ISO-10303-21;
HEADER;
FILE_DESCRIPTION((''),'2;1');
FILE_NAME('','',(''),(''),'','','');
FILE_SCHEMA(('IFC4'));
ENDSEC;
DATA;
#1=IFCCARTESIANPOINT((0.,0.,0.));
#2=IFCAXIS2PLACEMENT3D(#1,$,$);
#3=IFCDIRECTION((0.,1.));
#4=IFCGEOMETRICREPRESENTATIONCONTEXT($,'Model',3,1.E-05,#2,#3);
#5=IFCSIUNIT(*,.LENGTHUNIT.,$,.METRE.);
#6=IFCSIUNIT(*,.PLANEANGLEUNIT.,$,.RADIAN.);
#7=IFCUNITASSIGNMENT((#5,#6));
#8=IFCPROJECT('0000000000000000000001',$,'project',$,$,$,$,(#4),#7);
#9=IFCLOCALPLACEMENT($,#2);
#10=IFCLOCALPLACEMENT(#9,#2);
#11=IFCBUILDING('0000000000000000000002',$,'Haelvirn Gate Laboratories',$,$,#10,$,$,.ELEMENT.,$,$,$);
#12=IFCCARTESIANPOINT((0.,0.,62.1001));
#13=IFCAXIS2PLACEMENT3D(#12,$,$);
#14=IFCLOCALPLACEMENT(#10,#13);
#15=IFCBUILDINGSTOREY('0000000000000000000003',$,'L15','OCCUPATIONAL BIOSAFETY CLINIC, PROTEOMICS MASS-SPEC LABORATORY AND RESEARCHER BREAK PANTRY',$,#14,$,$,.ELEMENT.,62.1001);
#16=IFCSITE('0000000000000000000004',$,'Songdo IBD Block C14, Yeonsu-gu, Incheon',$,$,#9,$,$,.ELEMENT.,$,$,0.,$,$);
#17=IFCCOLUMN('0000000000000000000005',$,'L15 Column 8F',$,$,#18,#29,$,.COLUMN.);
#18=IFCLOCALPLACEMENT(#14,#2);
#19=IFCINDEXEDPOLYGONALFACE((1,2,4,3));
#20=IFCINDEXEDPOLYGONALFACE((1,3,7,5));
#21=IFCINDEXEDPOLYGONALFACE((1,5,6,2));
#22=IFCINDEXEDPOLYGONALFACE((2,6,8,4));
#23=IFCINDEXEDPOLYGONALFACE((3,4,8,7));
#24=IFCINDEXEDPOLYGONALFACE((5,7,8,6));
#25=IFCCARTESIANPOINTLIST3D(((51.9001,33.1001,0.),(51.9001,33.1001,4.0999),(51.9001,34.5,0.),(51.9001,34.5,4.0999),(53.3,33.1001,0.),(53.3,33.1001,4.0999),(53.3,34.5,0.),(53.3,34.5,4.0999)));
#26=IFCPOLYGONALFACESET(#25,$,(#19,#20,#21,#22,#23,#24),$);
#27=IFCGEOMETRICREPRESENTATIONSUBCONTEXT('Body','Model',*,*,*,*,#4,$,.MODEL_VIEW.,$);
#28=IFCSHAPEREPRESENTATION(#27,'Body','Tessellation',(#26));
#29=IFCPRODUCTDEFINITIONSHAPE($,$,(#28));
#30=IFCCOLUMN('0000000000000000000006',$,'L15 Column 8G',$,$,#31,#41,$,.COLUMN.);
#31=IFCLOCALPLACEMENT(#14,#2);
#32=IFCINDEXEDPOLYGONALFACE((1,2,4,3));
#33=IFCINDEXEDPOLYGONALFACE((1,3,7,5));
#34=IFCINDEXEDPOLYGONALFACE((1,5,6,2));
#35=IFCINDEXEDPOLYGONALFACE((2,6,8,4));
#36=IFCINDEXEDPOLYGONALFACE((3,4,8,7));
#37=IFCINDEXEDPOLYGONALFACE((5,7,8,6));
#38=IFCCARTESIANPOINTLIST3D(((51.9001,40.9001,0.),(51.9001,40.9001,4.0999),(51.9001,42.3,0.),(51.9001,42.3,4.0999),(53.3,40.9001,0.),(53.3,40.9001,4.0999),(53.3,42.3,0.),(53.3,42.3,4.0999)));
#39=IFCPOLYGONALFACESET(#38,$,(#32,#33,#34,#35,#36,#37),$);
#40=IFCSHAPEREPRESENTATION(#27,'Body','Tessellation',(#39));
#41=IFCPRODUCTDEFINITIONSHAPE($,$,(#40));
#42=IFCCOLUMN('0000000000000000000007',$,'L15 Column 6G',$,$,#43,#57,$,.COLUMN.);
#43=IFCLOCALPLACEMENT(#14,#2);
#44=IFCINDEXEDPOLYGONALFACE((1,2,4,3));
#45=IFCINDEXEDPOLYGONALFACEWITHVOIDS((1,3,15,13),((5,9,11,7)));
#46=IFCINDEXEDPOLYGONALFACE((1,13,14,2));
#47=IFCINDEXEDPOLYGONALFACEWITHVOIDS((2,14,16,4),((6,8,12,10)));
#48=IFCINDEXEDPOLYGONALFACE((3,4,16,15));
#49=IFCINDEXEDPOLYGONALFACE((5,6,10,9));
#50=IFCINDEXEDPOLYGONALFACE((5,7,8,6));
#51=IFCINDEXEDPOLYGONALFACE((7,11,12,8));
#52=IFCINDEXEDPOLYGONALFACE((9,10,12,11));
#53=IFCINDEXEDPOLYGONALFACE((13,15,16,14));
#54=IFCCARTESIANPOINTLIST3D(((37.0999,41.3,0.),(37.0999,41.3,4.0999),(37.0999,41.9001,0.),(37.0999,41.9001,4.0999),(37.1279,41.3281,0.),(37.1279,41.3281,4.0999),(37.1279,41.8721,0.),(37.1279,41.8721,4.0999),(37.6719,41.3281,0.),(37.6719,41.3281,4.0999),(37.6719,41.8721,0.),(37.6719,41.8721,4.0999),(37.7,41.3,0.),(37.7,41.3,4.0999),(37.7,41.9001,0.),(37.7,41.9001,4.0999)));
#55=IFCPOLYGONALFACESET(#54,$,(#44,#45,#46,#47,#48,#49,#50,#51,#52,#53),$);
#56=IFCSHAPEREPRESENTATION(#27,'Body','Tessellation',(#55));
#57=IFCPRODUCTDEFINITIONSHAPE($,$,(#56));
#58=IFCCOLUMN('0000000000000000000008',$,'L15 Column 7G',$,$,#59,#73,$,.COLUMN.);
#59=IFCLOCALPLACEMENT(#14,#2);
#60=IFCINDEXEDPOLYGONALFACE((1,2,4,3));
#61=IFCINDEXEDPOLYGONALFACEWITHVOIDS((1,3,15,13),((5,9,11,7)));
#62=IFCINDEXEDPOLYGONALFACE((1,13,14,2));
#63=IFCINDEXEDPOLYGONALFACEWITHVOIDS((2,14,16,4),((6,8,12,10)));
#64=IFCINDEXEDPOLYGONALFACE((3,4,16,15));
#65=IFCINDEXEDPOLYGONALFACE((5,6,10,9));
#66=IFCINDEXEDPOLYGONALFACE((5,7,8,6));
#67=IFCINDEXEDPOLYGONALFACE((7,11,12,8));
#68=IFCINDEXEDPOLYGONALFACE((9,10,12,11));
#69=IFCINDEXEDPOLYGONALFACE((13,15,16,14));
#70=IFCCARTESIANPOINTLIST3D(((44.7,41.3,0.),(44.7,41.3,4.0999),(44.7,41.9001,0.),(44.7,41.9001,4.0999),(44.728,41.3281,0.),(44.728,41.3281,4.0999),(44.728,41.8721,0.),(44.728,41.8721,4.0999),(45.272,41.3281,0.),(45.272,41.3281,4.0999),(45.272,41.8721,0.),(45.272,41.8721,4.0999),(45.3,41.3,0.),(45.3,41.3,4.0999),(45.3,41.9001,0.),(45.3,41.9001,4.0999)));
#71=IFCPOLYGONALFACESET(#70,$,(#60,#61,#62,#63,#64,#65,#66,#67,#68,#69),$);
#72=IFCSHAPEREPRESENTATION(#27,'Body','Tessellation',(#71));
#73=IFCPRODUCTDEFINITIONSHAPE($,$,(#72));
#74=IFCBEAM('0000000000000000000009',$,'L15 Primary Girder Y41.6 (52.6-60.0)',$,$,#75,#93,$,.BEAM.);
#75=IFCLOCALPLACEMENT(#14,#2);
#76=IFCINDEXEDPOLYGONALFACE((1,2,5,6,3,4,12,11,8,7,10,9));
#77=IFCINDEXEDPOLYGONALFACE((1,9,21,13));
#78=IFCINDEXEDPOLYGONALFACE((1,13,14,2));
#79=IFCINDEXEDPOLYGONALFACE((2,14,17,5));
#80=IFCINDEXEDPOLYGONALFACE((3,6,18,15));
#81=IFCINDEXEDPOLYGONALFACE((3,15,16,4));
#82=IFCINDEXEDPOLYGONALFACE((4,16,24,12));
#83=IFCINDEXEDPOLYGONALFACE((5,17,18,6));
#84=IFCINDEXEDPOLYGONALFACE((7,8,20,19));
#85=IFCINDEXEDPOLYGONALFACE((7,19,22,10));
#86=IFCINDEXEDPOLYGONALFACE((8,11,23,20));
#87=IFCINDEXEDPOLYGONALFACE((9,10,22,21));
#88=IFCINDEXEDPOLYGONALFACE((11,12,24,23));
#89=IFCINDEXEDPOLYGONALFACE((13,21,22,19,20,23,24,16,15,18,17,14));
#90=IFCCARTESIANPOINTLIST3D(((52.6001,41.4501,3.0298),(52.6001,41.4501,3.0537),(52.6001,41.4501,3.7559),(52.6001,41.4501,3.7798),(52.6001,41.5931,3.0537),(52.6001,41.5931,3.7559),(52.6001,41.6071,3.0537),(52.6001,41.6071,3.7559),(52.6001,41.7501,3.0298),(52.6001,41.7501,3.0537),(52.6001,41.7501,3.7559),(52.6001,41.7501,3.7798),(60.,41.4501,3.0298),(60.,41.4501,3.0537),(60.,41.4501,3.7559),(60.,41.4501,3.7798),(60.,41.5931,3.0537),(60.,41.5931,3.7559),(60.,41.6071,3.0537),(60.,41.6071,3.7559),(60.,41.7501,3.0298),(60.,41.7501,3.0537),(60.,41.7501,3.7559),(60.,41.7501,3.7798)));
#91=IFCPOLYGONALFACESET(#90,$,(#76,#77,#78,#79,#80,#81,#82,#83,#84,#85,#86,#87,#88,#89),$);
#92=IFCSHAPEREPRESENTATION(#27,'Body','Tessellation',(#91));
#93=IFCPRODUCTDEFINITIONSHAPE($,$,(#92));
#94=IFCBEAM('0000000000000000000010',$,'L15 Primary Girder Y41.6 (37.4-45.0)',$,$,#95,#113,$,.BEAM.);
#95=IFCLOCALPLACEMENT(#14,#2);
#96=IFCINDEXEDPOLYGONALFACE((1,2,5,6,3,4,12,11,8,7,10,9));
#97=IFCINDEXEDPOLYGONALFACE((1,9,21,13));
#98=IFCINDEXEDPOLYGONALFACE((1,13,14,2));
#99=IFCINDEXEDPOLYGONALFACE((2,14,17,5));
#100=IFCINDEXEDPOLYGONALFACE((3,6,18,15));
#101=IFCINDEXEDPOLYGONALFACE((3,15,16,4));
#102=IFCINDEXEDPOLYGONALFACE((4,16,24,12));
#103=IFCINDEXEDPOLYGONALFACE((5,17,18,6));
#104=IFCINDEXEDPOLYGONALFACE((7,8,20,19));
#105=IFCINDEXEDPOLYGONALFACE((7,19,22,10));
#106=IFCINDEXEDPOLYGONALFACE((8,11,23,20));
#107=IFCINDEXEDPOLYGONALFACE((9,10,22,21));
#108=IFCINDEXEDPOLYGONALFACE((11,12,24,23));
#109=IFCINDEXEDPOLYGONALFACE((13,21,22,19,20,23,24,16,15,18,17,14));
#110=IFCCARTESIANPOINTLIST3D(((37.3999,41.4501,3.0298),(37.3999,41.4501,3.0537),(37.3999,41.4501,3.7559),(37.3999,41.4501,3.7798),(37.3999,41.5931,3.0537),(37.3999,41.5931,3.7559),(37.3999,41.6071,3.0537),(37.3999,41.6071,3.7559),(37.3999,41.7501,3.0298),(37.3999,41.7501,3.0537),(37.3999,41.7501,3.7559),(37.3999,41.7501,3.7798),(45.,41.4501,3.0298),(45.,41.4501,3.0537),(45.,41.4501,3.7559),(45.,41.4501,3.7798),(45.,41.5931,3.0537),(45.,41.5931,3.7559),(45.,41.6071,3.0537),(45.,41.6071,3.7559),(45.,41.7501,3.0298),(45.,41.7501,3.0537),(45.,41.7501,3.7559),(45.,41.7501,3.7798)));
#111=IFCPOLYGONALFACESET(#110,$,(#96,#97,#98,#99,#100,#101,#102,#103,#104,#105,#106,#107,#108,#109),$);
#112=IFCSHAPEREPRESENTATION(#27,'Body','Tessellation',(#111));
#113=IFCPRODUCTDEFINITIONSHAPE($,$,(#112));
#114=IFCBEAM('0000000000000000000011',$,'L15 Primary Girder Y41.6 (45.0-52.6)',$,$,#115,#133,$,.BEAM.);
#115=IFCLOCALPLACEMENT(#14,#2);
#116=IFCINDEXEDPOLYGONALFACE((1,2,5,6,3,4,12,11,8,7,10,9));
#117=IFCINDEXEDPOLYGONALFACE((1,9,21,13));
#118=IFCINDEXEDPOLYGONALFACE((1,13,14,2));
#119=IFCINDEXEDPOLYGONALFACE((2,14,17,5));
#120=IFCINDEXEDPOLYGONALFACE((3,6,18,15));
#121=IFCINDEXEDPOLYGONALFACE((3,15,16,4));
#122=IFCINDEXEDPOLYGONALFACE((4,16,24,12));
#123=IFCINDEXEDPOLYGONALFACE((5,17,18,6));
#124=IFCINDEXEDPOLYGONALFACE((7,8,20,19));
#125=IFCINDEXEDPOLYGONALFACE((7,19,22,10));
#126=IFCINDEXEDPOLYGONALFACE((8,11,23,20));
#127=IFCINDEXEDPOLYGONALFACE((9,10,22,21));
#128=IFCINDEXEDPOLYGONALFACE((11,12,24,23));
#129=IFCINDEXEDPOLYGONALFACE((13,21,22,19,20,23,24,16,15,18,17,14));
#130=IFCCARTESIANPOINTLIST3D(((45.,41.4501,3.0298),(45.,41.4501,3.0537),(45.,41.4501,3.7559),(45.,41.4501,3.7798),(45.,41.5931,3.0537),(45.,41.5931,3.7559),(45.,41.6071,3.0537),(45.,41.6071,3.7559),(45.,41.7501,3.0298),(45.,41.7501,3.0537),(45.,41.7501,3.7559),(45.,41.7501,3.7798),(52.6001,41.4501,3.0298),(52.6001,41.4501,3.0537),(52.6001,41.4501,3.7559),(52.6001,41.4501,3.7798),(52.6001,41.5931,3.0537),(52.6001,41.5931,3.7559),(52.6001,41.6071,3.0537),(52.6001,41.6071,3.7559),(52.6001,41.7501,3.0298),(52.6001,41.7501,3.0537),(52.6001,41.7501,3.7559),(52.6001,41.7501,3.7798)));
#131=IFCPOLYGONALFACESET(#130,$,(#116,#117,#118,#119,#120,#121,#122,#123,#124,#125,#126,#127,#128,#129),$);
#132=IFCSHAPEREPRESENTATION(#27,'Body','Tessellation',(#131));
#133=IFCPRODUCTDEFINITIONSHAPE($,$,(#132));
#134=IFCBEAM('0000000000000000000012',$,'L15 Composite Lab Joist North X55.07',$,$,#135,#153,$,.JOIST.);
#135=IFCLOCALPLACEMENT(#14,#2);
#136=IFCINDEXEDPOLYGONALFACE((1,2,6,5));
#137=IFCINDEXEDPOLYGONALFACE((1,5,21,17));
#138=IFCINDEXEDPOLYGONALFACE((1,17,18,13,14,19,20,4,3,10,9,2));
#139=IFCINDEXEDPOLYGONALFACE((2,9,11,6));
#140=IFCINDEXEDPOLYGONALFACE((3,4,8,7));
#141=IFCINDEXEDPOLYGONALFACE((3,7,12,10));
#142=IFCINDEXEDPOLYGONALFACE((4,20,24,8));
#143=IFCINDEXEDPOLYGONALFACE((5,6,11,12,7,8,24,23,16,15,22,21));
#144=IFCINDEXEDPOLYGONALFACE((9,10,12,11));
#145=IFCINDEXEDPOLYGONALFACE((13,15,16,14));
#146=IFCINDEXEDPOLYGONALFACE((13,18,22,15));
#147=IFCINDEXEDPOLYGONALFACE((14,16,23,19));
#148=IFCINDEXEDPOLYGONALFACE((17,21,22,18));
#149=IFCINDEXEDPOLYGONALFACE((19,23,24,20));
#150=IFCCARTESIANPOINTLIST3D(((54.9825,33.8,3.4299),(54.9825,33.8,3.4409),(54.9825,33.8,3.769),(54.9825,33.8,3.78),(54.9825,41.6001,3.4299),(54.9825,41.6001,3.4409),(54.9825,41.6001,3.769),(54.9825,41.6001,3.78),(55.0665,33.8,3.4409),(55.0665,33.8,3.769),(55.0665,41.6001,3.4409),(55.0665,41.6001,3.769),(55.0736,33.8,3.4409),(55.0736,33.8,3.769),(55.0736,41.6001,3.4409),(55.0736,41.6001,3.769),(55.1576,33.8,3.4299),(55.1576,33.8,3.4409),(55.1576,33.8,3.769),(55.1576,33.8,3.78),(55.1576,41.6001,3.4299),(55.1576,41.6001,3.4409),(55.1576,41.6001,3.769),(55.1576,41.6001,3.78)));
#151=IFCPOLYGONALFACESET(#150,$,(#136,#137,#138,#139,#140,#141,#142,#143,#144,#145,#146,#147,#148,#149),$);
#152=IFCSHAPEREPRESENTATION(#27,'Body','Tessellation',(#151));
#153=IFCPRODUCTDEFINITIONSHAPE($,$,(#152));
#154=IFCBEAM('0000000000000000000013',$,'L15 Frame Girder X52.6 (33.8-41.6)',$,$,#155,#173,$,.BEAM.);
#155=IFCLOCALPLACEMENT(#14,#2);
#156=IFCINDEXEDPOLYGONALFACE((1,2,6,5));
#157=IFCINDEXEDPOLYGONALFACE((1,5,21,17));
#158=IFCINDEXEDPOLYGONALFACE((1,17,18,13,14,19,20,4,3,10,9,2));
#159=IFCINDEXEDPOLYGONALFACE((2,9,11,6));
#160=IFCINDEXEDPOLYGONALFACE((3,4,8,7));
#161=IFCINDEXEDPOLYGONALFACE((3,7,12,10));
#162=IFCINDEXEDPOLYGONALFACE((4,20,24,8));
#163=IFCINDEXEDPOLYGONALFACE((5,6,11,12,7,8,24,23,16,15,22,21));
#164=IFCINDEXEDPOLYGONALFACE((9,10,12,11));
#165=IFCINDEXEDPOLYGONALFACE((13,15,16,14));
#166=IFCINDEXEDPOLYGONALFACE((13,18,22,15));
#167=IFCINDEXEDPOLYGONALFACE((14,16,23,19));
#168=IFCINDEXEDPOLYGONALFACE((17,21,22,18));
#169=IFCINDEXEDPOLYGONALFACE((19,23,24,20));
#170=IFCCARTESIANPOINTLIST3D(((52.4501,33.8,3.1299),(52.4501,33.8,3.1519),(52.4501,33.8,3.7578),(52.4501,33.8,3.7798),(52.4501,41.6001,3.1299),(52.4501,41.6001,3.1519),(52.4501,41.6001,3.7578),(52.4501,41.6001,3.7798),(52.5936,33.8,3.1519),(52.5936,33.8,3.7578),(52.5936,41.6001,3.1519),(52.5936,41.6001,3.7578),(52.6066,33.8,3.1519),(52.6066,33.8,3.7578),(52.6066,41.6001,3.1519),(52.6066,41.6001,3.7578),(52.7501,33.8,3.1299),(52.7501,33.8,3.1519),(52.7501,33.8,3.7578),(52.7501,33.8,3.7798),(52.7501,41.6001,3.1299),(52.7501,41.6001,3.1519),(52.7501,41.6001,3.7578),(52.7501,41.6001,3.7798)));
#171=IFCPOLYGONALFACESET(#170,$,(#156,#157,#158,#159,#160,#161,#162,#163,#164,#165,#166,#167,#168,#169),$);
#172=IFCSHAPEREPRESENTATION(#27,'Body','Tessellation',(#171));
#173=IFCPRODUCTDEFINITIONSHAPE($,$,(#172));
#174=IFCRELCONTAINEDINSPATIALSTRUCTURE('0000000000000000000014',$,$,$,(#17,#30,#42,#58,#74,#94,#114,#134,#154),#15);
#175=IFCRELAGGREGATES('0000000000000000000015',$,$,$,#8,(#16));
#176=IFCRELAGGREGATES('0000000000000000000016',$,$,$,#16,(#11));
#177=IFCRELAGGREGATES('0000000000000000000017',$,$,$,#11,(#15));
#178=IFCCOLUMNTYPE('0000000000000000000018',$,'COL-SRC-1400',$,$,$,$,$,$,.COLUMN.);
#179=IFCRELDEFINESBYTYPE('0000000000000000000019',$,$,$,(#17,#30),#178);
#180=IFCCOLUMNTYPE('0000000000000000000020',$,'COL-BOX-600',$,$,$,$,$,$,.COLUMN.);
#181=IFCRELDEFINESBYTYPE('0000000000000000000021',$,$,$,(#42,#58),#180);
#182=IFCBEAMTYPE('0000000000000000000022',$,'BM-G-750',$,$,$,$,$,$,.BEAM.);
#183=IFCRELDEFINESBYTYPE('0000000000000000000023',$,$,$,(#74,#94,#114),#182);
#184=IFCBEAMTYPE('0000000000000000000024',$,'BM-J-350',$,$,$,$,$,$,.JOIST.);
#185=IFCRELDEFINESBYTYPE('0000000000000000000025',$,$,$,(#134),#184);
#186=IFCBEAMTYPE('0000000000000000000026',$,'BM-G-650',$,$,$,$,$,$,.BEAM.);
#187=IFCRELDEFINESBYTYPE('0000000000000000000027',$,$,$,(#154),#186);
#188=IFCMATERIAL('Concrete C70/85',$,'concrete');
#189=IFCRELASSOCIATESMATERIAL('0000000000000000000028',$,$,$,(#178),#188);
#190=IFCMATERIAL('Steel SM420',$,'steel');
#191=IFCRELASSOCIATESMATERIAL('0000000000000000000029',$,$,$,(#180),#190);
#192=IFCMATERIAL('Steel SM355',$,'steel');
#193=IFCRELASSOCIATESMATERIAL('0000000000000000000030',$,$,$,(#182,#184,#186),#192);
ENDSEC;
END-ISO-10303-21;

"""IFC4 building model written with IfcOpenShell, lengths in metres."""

from ifc_helpers import new_model, si_unit, direction, frame, origin, origin_2d, place, context, subcontext, project, spatial, rectangle, hollow_rectangle, i_section, extrude, source, transform, mapped, material, material_profile, profile_set, type_object, type_shapes, element, save


model = new_model("IFC4")

# Units and contexts
model_context = context("Model", 3, precision=1e-05, world=origin(), true_north=direction((0.0, 1.0)))
body_context = subcontext(model_context, "Body", "Model", "MODEL_VIEW")
ifc_project = project(units=[si_unit("LENGTHUNIT", "METRE"), si_unit("PLANEANGLEUNIT", "RADIAN")], contexts=[model_context])

# Site, building, storey
site_placement = place(None, origin())
site = spatial("IfcSite", under=ifc_project, at=site_placement, Name="Songdo IBD Block C14, Yeonsu-gu, Incheon", CompositionType="ELEMENT", RefElevation=0.0)
building_placement = place(site_placement, origin())
building = spatial("IfcBuilding", under=site, at=building_placement, Name="Haelvirn Gate Laboratories", CompositionType="ELEMENT")
storey_placement = place(building_placement, frame((0.0, 0.0, 62.1001)))
storey = spatial("IfcBuildingStorey", under=building, at=storey_placement, Name="L15", Description="OCCUPATIONAL BIOSAFETY CLINIC, PROTEOMICS MASS-SPEC LABORATORY AND RESEARCHER BREAK PANTRY", CompositionType="ELEMENT", Elevation=62.1001)

# Columns
ifc_material_1 = material(Name="Concrete C70/85", Category="concrete")
ifc_material_profile_1 = material_profile(ifc_material_1, rectangle(XDim=1.3999, YDim=1.3999, at=origin_2d()), Name="SRC-1400x1400")
ifc_profile_set_1 = profile_set([ifc_material_profile_1], Name="Concrete C70/85")
column_type_1 = type_object("IfcColumnType", Name="COL-SRC-1400", PredefinedType="COLUMN", material=ifc_profile_set_1)
shared_shape_1 = source(origin(), body_context, "Body", "SweptSolid", [
    extrude(rectangle(XDim=1.3999, YDim=1.3999, at=origin_2d()), origin(), (0.0, 0.0, 1.0), 4.0999),
])
type_shapes(column_type_1, [shared_shape_1])
for number, where, z_axis, x_axis, name in (
    (1, (52.6001, 33.8, 0.0), (0.0, 0.0, 1.0), (1.0, 0.0, 0.0), "L15 Column 8F"),
    (2, (52.6001, 41.6001, 0.0), (0.0, 0.0, 1.0), (1.0, 0.0, 0.0), "L15 Column 8G"),
):
    element("IfcColumn", number, at=place(storey_placement, frame(where, z_axis=z_axis, x_axis=x_axis)), inside=storey, type_object=column_type_1, Name=name, PredefinedType="COLUMN", context=body_context, shape_type="MappedRepresentation", body=[
        mapped(shared_shape_1, transform((0.0, 0.0, 0.0), scale=1.0)),
    ])
ifc_material_2 = material(Name="Steel SM420", Category="steel")
ifc_material_profile_2 = material_profile(ifc_material_2, hollow_rectangle(XDim=0.6001, YDim=0.6001, WallThickness=0.0281, at=origin_2d()), Name="BOX-600x600x28")
ifc_profile_set_2 = profile_set([ifc_material_profile_2], Name="Steel SM420")
column_type_2 = type_object("IfcColumnType", Name="COL-BOX-600", PredefinedType="COLUMN", material=ifc_profile_set_2)
shared_shape_2 = source(origin(), body_context, "Body", "SweptSolid", [
    extrude(hollow_rectangle(XDim=0.6001, YDim=0.6001, WallThickness=0.0281, at=origin_2d()), origin(), (0.0, 0.0, 1.0), 4.0999),
])
type_shapes(column_type_2, [shared_shape_2])
for number, where, z_axis, x_axis, name in (
    (3, (37.3999, 41.6001, 0.0), (0.0, 0.0, 1.0), (1.0, 0.0, 0.0), "L15 Column 6G"),
    (4, (45.0, 41.6001, 0.0), (0.0, 0.0, 1.0), (1.0, 0.0, 0.0), "L15 Column 7G"),
):
    element("IfcColumn", number, at=place(storey_placement, frame(where, z_axis=z_axis, x_axis=x_axis)), inside=storey, type_object=column_type_2, Name=name, PredefinedType="COLUMN", context=body_context, shape_type="MappedRepresentation", body=[
        mapped(shared_shape_2, transform((0.0, 0.0, 0.0), scale=1.0)),
    ])

# Beams
ifc_material_3 = material(Name="Steel SM355", Category="steel")
ifc_material_profile_3 = material_profile(ifc_material_3, i_section(OverallWidth=0.3, OverallDepth=0.75, WebThickness=0.0139, FlangeThickness=0.0239, at=origin_2d()), Name="H-750x300x14x24")
ifc_profile_set_3 = profile_set([ifc_material_profile_3], Name="Steel SM355")
beam_type_1 = type_object("IfcBeamType", Name="BM-G-750", PredefinedType="BEAM", material=ifc_profile_set_3)
shared_shape_3 = source(origin(), body_context, "Body", "SweptSolid", [
    extrude(i_section(OverallWidth=0.3, OverallDepth=0.75, WebThickness=0.0139, FlangeThickness=0.0239, at=origin_2d()), origin(), (0.0, 0.0, 1.0), 7.3999),
])
beam_1_placement = place(storey_placement, frame((52.6001, 41.6001, 3.4048), z_axis=(1.0, 0.0, 0.0), x_axis=(0.0, 1.0, 0.0)))
element("IfcBeam", 5, at=beam_1_placement, inside=storey, type_object=beam_type_1, Name="L15 Primary Girder Y41.6 (52.6-60.0)", PredefinedType="BEAM", context=body_context, shape_type="MappedRepresentation", body=[
    mapped(shared_shape_3, transform((0.0, 0.0, 0.0), scale=1.0)),
])
shared_shape_4 = source(origin(), body_context, "Body", "SweptSolid", [
    extrude(i_section(OverallWidth=0.3, OverallDepth=0.75, WebThickness=0.0139, FlangeThickness=0.0239, at=origin_2d()), origin(), (0.0, 0.0, 1.0), 7.6001),
])
type_shapes(beam_type_1, [shared_shape_3, shared_shape_4])
for number, where, z_axis, x_axis, name in (
    (6, (37.3999, 41.6001, 3.4048), (1.0, 0.0, 0.0), (0.0, 1.0, 0.0), "L15 Primary Girder Y41.6 (37.4-45.0)"),
    (7, (45.0, 41.6001, 3.4048), (1.0, 0.0, 0.0), (0.0, 1.0, 0.0), "L15 Primary Girder Y41.6 (45.0-52.6)"),
):
    element("IfcBeam", number, at=place(storey_placement, frame(where, z_axis=z_axis, x_axis=x_axis)), inside=storey, type_object=beam_type_1, Name=name, PredefinedType="BEAM", context=body_context, shape_type="MappedRepresentation", body=[
        mapped(shared_shape_4, transform((0.0, 0.0, 0.0), scale=1.0)),
    ])
ifc_material_profile_4 = material_profile(ifc_material_3, i_section(OverallWidth=0.175, OverallDepth=0.3501, WebThickness=0.0071, FlangeThickness=0.011, at=origin_2d()), Name="H-350x175x7x11")
ifc_profile_set_4 = profile_set([ifc_material_profile_4], Name="Steel SM355")
beam_type_2 = type_object("IfcBeamType", Name="BM-J-350", PredefinedType="JOIST", material=ifc_profile_set_4)
shared_shape_5 = source(origin(), body_context, "Body", "SweptSolid", [
    extrude(i_section(OverallWidth=0.175, OverallDepth=0.3501, WebThickness=0.0071, FlangeThickness=0.011, at=origin_2d()), origin(), (0.0, 0.0, 1.0), 7.8),
])
type_shapes(beam_type_2, [shared_shape_5])
beam_2_placement = place(storey_placement, frame((55.0701, 33.8, 3.605), z_axis=(0.0, 1.0, 0.0), x_axis=(-1.0, 0.0, 0.0)))
element("IfcBeam", 8, at=beam_2_placement, inside=storey, type_object=beam_type_2, Name="L15 Composite Lab Joist North X55.07", PredefinedType="JOIST", context=body_context, shape_type="MappedRepresentation", body=[
    mapped(shared_shape_5, transform((0.0, 0.0, 0.0), scale=1.0)),
])
ifc_material_profile_5 = material_profile(ifc_material_3, i_section(OverallWidth=0.3, OverallDepth=0.6499, WebThickness=0.0129, FlangeThickness=0.022, at=origin_2d()), Name="H-650x300x13x22")
ifc_profile_set_5 = profile_set([ifc_material_profile_5], Name="Steel SM355")
beam_type_3 = type_object("IfcBeamType", Name="BM-G-650", PredefinedType="BEAM", material=ifc_profile_set_5)
shared_shape_6 = source(origin(), body_context, "Body", "SweptSolid", [
    extrude(i_section(OverallWidth=0.3, OverallDepth=0.6499, WebThickness=0.0129, FlangeThickness=0.022, at=origin_2d()), origin(), (0.0, 0.0, 1.0), 7.8),
])
type_shapes(beam_type_3, [shared_shape_6])
beam_3_placement = place(storey_placement, frame((52.6001, 33.8, 3.4548), z_axis=(0.0, 1.0, 0.0), x_axis=(-1.0, 0.0, 0.0)))
element("IfcBeam", 9, at=beam_3_placement, inside=storey, type_object=beam_type_3, Name="L15 Frame Girder X52.6 (33.8-41.6)", PredefinedType="BEAM", context=body_context, shape_type="MappedRepresentation", body=[
    mapped(shared_shape_6, transform((0.0, 0.0, 0.0), scale=1.0)),
])

save(model, "model.ifc")
